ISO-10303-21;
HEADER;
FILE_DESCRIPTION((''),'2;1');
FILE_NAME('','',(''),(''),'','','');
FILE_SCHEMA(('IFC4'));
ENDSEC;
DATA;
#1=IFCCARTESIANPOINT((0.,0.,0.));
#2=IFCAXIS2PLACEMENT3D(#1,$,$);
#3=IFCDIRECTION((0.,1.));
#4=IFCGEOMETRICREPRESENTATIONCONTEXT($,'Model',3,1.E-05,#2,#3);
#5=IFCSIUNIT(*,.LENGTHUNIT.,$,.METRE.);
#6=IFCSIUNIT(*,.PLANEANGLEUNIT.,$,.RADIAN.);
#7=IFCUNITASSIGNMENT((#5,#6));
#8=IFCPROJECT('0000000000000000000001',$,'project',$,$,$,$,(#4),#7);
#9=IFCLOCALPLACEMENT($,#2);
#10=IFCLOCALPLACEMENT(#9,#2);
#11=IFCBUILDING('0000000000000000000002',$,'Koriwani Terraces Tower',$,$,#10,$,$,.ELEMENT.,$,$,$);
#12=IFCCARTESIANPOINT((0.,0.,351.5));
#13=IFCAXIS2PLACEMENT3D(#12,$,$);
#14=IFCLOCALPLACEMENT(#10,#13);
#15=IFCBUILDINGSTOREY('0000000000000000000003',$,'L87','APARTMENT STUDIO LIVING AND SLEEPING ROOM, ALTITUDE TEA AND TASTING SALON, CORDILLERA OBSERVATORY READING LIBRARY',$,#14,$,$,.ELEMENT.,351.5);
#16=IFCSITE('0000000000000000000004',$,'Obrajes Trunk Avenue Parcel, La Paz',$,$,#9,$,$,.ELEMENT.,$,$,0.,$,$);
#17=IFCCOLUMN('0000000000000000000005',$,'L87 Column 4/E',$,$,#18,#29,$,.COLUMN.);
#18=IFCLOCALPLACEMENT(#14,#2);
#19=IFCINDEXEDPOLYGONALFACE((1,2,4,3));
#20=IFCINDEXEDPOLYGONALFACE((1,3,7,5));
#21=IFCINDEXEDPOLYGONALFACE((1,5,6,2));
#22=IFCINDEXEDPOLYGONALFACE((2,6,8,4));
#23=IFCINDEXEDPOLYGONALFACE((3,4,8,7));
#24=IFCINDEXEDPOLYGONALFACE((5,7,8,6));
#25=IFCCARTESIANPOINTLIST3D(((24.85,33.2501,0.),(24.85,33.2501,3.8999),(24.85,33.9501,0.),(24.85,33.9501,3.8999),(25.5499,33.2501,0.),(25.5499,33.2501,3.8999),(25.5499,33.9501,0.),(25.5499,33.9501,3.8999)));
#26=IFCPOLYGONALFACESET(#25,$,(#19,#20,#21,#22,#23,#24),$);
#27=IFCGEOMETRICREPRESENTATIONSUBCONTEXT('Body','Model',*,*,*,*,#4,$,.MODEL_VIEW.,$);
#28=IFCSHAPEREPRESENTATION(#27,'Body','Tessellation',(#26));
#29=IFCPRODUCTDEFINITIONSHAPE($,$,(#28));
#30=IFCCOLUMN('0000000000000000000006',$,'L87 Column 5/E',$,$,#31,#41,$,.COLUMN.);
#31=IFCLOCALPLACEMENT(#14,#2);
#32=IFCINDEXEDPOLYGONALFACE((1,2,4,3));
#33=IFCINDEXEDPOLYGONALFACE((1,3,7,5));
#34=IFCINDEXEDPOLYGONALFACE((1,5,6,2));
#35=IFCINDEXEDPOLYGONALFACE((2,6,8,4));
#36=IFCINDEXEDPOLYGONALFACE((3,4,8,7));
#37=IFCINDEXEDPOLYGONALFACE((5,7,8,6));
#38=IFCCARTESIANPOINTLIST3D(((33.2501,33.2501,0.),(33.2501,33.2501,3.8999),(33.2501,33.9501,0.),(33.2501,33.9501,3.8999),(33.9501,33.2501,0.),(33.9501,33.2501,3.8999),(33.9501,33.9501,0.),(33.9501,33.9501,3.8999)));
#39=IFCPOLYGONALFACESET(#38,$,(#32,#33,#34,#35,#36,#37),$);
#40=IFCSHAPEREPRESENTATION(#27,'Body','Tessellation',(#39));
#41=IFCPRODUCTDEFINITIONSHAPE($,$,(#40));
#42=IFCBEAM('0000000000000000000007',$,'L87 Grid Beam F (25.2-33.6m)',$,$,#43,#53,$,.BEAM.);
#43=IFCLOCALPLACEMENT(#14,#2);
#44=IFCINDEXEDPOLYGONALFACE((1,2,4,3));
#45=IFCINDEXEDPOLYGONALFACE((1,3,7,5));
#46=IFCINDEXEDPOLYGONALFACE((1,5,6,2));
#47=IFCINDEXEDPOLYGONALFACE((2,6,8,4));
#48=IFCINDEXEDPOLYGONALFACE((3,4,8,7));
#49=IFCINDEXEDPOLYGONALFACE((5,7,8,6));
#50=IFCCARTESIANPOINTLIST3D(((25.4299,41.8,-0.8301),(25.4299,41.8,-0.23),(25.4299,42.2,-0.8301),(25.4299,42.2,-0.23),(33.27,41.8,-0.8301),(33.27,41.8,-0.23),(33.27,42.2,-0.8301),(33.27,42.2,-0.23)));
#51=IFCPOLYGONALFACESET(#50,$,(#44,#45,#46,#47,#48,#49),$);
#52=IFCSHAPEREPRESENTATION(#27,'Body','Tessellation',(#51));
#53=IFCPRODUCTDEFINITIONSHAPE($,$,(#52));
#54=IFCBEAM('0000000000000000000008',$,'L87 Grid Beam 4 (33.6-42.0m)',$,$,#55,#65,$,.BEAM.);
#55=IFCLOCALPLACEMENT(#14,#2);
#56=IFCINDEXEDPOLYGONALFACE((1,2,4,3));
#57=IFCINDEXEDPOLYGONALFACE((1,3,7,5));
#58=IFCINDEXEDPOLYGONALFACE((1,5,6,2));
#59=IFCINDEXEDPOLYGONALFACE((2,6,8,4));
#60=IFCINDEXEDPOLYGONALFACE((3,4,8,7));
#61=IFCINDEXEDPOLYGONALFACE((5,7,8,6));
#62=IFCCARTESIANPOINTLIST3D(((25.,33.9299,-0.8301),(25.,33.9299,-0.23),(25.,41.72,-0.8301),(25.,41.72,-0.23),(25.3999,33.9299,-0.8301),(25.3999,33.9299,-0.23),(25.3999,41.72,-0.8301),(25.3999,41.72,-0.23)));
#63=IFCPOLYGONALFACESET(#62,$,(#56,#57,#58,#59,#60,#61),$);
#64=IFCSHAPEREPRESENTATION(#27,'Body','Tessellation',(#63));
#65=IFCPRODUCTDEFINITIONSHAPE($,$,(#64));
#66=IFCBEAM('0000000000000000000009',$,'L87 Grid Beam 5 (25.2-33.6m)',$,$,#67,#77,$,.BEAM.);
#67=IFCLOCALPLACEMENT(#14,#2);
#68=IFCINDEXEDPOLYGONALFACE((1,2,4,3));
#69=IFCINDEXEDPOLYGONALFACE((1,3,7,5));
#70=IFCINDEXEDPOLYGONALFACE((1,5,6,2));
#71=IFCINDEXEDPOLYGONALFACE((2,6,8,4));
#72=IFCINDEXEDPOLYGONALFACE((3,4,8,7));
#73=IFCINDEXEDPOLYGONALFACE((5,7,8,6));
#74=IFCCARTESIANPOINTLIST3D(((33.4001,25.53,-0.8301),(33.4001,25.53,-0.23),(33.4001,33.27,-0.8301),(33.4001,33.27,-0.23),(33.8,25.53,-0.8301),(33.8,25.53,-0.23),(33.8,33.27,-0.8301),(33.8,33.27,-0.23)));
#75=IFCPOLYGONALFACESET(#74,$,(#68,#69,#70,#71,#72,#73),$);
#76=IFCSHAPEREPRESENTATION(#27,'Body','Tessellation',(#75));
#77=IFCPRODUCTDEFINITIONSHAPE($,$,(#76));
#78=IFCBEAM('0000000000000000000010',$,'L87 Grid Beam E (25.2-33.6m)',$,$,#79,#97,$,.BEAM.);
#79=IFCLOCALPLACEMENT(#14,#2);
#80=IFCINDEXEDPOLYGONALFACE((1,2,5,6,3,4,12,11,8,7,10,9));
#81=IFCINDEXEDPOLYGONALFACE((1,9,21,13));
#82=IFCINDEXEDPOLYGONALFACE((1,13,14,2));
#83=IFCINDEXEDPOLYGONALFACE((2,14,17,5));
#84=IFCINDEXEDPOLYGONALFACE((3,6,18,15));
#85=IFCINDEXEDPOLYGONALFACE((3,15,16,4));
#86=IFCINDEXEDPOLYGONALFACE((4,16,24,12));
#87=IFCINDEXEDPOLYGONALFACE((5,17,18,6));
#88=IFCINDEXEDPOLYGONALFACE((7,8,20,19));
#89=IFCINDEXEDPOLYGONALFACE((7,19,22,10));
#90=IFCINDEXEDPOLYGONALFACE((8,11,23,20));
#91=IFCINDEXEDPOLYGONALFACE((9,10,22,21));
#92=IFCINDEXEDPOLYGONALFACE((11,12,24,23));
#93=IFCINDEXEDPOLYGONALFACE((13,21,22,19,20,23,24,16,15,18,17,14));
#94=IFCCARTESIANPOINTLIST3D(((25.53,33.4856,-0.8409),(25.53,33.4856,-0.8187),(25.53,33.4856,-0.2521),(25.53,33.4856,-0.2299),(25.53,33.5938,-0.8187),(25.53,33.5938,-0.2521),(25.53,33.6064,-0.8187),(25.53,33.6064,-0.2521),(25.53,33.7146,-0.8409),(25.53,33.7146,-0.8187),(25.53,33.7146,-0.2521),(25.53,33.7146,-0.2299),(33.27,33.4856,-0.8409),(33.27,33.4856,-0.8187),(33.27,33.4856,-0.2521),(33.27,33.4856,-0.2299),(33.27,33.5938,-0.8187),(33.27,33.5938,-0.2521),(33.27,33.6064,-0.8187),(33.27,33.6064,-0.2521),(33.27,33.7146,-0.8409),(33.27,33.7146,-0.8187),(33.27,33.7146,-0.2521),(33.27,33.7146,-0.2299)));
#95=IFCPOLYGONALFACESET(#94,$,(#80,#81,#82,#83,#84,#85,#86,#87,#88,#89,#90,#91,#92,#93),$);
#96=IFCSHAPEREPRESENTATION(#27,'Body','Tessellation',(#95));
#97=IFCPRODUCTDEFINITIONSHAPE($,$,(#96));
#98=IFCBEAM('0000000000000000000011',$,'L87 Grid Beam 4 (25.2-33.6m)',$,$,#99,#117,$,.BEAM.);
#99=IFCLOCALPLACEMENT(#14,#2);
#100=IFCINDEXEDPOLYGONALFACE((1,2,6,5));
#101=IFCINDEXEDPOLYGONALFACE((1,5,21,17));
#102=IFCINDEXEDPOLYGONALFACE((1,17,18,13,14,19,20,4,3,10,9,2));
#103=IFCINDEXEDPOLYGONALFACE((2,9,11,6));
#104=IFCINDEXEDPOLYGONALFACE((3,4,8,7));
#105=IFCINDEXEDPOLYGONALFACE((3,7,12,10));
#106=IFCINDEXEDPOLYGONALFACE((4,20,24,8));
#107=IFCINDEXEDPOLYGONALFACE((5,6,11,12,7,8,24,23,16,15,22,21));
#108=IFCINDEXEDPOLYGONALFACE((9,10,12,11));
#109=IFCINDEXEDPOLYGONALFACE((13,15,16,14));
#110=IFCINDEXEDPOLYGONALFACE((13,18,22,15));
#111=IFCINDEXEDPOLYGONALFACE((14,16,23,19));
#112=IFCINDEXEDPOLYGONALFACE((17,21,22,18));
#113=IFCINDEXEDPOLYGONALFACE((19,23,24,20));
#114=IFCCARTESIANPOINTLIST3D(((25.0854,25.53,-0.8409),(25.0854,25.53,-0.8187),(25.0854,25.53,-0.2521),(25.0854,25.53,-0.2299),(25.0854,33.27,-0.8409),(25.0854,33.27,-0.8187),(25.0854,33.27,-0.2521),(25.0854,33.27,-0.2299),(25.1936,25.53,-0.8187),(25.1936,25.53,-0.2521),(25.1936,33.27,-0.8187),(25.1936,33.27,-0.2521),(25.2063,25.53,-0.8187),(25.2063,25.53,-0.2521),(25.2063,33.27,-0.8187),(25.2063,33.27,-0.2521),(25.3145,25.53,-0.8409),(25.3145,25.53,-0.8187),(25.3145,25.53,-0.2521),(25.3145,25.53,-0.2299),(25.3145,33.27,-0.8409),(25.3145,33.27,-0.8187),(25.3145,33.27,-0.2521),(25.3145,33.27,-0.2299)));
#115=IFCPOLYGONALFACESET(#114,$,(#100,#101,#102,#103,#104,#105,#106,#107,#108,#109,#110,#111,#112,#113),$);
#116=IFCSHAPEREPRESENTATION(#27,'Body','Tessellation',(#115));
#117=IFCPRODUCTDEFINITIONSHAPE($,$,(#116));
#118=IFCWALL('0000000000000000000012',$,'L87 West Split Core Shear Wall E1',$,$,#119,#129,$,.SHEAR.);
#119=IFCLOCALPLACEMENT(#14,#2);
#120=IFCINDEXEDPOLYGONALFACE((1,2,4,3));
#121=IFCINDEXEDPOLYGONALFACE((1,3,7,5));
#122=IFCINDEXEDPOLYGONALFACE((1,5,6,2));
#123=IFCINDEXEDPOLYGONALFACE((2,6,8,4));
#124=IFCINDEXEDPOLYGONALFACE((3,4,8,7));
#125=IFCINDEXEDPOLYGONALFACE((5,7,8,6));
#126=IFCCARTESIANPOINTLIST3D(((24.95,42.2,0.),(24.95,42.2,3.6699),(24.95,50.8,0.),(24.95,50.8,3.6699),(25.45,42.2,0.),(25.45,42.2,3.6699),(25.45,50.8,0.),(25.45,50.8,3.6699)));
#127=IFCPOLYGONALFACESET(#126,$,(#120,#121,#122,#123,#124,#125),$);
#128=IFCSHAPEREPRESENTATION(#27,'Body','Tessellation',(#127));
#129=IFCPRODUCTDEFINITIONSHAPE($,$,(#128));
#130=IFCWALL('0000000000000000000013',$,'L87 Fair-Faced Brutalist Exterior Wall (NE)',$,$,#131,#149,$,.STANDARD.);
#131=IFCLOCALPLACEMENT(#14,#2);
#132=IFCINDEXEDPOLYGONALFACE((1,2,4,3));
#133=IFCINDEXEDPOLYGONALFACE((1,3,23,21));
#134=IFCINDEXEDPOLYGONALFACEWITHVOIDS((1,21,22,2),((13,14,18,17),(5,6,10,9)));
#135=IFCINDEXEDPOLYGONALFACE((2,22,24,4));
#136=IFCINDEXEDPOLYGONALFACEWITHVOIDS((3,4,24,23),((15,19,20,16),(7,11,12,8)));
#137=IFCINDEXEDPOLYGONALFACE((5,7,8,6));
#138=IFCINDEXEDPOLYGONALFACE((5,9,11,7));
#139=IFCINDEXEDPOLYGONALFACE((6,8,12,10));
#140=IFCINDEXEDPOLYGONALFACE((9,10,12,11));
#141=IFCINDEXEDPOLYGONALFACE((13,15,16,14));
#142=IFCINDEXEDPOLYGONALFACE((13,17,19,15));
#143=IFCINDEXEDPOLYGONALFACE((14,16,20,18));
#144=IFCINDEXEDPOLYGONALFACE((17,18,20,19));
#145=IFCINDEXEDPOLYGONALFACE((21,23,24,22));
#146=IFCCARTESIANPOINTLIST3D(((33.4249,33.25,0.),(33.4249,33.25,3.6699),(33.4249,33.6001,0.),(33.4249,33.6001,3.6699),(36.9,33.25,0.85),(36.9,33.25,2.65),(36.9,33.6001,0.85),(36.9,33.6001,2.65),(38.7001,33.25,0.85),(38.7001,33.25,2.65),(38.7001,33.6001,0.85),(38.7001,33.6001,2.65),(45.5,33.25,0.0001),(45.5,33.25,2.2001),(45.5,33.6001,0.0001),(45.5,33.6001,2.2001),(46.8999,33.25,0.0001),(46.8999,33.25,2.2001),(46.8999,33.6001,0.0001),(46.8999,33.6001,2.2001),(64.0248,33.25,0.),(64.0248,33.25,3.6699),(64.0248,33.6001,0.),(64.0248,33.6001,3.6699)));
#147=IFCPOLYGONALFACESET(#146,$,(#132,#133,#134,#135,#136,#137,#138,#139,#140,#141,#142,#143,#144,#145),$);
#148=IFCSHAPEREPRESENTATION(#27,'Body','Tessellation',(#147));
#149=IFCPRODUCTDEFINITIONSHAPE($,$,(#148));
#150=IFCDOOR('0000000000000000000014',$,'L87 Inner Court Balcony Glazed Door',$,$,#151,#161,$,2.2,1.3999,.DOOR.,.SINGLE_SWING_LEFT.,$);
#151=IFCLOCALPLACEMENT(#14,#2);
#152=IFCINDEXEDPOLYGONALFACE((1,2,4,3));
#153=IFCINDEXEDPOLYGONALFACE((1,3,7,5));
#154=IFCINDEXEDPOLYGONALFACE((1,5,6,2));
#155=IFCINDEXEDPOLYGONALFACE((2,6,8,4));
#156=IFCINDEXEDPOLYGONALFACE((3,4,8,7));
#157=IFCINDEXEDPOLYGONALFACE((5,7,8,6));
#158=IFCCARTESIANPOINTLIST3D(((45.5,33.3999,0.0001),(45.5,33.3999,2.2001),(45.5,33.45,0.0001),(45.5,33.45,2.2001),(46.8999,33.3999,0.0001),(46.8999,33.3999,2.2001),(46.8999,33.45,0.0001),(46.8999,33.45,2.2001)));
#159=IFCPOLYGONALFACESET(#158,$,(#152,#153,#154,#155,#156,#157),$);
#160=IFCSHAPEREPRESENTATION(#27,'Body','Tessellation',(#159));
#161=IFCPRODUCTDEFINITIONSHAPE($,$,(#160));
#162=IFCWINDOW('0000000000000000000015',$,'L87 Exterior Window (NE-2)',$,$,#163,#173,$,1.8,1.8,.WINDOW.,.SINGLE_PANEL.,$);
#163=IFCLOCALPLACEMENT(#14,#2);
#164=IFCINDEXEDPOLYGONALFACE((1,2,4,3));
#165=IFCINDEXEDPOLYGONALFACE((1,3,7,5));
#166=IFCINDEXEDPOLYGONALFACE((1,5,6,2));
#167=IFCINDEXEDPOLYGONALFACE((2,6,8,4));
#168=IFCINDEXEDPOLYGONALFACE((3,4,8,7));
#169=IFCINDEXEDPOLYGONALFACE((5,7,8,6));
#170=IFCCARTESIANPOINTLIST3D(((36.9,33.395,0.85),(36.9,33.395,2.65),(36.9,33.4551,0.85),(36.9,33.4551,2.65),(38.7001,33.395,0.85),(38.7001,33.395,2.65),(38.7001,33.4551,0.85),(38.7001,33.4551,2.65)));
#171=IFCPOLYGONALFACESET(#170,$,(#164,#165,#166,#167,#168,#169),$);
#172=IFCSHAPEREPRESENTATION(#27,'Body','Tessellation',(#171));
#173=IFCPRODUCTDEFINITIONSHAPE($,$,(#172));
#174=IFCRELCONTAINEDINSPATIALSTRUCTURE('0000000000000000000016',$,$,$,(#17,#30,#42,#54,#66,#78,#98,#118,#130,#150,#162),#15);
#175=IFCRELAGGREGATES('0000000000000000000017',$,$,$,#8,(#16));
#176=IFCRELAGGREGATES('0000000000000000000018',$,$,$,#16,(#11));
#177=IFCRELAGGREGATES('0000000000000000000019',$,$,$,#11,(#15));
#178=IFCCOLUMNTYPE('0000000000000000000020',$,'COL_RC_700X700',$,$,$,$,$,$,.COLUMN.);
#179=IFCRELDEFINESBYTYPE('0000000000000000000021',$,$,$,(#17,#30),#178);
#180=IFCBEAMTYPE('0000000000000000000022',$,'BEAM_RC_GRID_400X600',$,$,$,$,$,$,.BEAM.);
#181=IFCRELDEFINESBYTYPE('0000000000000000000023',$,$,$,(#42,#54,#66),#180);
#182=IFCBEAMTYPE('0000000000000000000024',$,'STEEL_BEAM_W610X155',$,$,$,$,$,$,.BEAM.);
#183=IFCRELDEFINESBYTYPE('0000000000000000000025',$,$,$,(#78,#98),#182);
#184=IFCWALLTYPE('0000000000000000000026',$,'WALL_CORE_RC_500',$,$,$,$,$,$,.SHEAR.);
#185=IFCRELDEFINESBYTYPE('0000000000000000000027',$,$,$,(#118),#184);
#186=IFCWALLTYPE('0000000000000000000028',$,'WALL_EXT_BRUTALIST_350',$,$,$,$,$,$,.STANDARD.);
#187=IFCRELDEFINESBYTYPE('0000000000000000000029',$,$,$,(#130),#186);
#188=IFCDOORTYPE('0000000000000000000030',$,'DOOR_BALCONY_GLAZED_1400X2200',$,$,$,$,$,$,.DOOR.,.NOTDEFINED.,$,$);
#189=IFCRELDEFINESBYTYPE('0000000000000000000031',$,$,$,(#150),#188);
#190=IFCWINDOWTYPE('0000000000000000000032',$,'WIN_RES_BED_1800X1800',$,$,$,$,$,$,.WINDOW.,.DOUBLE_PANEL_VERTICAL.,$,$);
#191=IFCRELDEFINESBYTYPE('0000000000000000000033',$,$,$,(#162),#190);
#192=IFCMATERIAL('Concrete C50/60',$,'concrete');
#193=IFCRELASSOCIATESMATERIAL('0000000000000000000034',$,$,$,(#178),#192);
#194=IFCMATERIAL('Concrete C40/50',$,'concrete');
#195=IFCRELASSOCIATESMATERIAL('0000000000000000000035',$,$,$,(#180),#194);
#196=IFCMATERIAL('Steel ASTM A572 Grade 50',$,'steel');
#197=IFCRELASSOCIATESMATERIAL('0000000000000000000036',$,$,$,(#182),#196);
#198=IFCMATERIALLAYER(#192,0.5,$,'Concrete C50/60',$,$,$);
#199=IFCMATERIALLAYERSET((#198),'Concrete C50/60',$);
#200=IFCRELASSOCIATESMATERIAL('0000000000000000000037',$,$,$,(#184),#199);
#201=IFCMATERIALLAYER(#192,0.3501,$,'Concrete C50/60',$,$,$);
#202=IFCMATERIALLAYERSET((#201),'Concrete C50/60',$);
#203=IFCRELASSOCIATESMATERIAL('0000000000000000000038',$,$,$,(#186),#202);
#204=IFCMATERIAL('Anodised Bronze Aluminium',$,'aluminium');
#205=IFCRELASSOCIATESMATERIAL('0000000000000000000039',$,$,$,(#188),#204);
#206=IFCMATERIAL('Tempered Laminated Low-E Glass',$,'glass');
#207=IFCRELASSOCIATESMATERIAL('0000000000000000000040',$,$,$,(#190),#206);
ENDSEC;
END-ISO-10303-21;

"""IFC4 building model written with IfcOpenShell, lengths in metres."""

from ifc_helpers import new_model, si_unit, direction, frame, frame_2d, origin, origin_2d, place, context, subcontext, project, spatial, rectangle, i_section, extrude, material, layer, layer_set, material_profile, profile_set, type_object, element, fill, save


model = new_model("IFC4")

# Units and contexts
model_context = context("Model", 3, precision=1e-05, world=origin(), true_north=direction((0.0, 1.0)))
body_context = subcontext(model_context, "Body", "Model", "MODEL_VIEW")
ifc_project = project(units=[si_unit("LENGTHUNIT", "METRE"), si_unit("PLANEANGLEUNIT", "RADIAN")], contexts=[model_context])

# Site, building, storey
site_placement = place(None, origin())
site = spatial("IfcSite", under=ifc_project, at=site_placement, Name="Obrajes Trunk Avenue Parcel, La Paz", CompositionType="ELEMENT", RefElevation=0.0)
building_placement = place(site_placement, origin())
building = spatial("IfcBuilding", under=site, at=building_placement, Name="Koriwani Terraces Tower", CompositionType="ELEMENT")
storey_placement = place(building_placement, frame((0.0, 0.0, 351.5)))
storey = spatial("IfcBuildingStorey", under=building, at=storey_placement, Name="L87", Description="APARTMENT STUDIO LIVING AND SLEEPING ROOM, ALTITUDE TEA AND TASTING SALON, CORDILLERA OBSERVATORY READING LIBRARY", CompositionType="ELEMENT", Elevation=351.5)

# Columns
ifc_material_1 = material(Name="Concrete C50/60", Category="concrete")
ifc_material_profile_1 = material_profile(ifc_material_1, rectangle(XDim=0.7, YDim=0.7, at=origin_2d()), Name="Concrete C50/60", Category="LoadBearing")
ifc_profile_set_1 = profile_set([ifc_material_profile_1], Name="Concrete C50/60")
column_type = type_object("IfcColumnType", Name="COL_RC_700X700", PredefinedType="COLUMN", material=ifc_profile_set_1)
for number, where, z_axis, x_axis, name in (
    (1, (25.2, 33.6001, 0.0), (0.0, 0.0, 1.0), (1.0, 0.0, 0.0), "L87 Column 4/E"),
    (2, (33.6001, 33.6001, 0.0), (0.0, 0.0, 1.0), (1.0, 0.0, 0.0), "L87 Column 5/E"),
):
    element("IfcColumn", number, at=place(storey_placement, frame(where, z_axis=z_axis, x_axis=x_axis)), inside=storey, type_object=column_type, Name=name, PredefinedType="COLUMN", context=body_context, shape_type="SweptSolid", body=[
        extrude(rectangle(XDim=0.7, YDim=0.7, at=origin_2d()), origin(), (0.0, 0.0, 1.0), 3.8999),
    ])

# Beams
ifc_material_2 = material(Name="Concrete C40/50", Category="concrete")
ifc_material_profile_2 = material_profile(ifc_material_2, rectangle(XDim=0.3999, YDim=0.6001, at=origin_2d()), Name="Concrete C40/50", Category="LoadBearing")
ifc_profile_set_2 = profile_set([ifc_material_profile_2], Name="Concrete C40/50")
beam_type_1 = type_object("IfcBeamType", Name="BEAM_RC_GRID_400X600", PredefinedType="BEAM", material=ifc_profile_set_2)
beam_1_placement = place(storey_placement, frame((25.4299, 42.0, -0.53), z_axis=(1.0, 0.0, 0.0), x_axis=(0.0, 1.0, 0.0)))
element("IfcBeam", 3, at=beam_1_placement, inside=storey, type_object=beam_type_1, Name="L87 Grid Beam F (25.2-33.6m)", PredefinedType="BEAM", context=body_context, shape_type="SweptSolid", body=[
    extrude(rectangle(XDim=0.3999, YDim=0.6001, at=origin_2d()), origin(), (0.0, 0.0, 1.0), 7.8401),
])
beam_2_placement = place(storey_placement, frame((25.2, 33.9299, -0.53), z_axis=(0.0, 1.0, 0.0), x_axis=(-1.0, 0.0, 0.0)))
element("IfcBeam", 4, at=beam_2_placement, inside=storey, type_object=beam_type_1, Name="L87 Grid Beam 4 (33.6-42.0m)", PredefinedType="BEAM", context=body_context, shape_type="SweptSolid", body=[
    extrude(rectangle(XDim=0.3999, YDim=0.6001, at=origin_2d()), origin(), (0.0, 0.0, 1.0), 7.79),
])
beam_3_placement = place(storey_placement, frame((33.6001, 25.53, -0.53), z_axis=(0.0, 1.0, 0.0), x_axis=(-1.0, 0.0, 0.0)))
element("IfcBeam", 5, at=beam_3_placement, inside=storey, type_object=beam_type_1, Name="L87 Grid Beam 5 (25.2-33.6m)", PredefinedType="BEAM", context=body_context, shape_type="SweptSolid", body=[
    extrude(rectangle(XDim=0.3999, YDim=0.6001, at=origin_2d()), origin(), (0.0, 0.0, 1.0), 7.74),
])
ifc_material_3 = material(Name="Steel ASTM A572 Grade 50", Category="steel")
ifc_material_profile_3 = material_profile(ifc_material_3, i_section(OverallWidth=0.229, OverallDepth=0.6111, WebThickness=0.0127, FlangeThickness=0.0222, at=origin_2d()), Name="Steel ASTM A572 Grade 50", Category="LoadBearing")
ifc_profile_set_3 = profile_set([ifc_material_profile_3], Name="Steel ASTM A572 Grade 50")
beam_type_2 = type_object("IfcBeamType", Name="STEEL_BEAM_W610X155", PredefinedType="BEAM", material=ifc_profile_set_3)
for number, where, z_axis, x_axis, name in (
    (6, (25.53, 33.6001, -0.5354), (1.0, 0.0, 0.0), (0.0, 1.0, 0.0), "L87 Grid Beam E (25.2-33.6m)"),
    (7, (25.2, 25.53, -0.5354), (0.0, 1.0, 0.0), (-1.0, 0.0, 0.0), "L87 Grid Beam 4 (25.2-33.6m)"),
):
    element("IfcBeam", number, at=place(storey_placement, frame(where, z_axis=z_axis, x_axis=x_axis)), inside=storey, type_object=beam_type_2, Name=name, PredefinedType="BEAM", context=body_context, shape_type="SweptSolid", body=[
        extrude(i_section(OverallWidth=0.229, OverallDepth=0.6111, WebThickness=0.0127, FlangeThickness=0.0222, at=origin_2d()), origin(), (0.0, 0.0, 1.0), 7.74),
    ])

# Wall
ifc_layer_1 = layer(ifc_material_1, 0.5, Name="Concrete C50/60")
ifc_layer_set_1 = layer_set([ifc_layer_1], Name="Concrete C50/60")
wall_type_1 = type_object("IfcWallType", Name="WALL_CORE_RC_500", PredefinedType="SHEAR", material=ifc_layer_set_1)
wall_1_placement = place(storey_placement, frame((25.2, 42.2, 0.0), z_axis=(0.0, 0.0, 1.0), x_axis=(0.0, 1.0, 0.0)))
element("IfcWall", 8, at=wall_1_placement, inside=storey, type_object=wall_type_1, Name="L87 West Split Core Shear Wall E1", PredefinedType="SHEAR", context=body_context, shape_type="SweptSolid", body=[
    extrude(rectangle(XDim=8.6001, YDim=0.5, at=frame_2d((4.3, 0.0))), origin(), (0.0, 0.0, 1.0), 3.6699),
])

# Wall, openings, door, window
ifc_layer_2 = layer(ifc_material_1, 0.3501, Name="Concrete C50/60")
ifc_layer_set_2 = layer_set([ifc_layer_2], Name="Concrete C50/60")
wall_type_2 = type_object("IfcWallType", Name="WALL_EXT_BRUTALIST_350", PredefinedType="STANDARD", material=ifc_layer_set_2)
wall_2_placement = place(storey_placement, frame((33.425, 33.425, 0.0), z_axis=(0.0, 0.0, 1.0), x_axis=(1.0, 0.0, 0.0)))
wall_2 = element("IfcWall", 9, at=wall_2_placement, inside=storey, type_object=wall_type_2, Name="L87 Fair-Faced Brutalist Exterior Wall (NE)", PredefinedType="STANDARD", context=body_context, shape_type="SweptSolid", body=[
    extrude(rectangle(XDim=30.5999, YDim=0.3501, at=frame_2d((15.2998, 0.0))), origin(), (0.0, 0.0, 1.0), 3.6699),
])
opening_1_placement = place(wall_2_placement, frame((12.075, 0.0, 0.0)))
opening_1 = element("IfcOpeningElement", 10, at=opening_1_placement, cuts=wall_2, PredefinedType="OPENING", context=body_context, shape_type="SweptSolid", body=[
    extrude(rectangle(XDim=1.3999, YDim=2.2, at=frame_2d((0.7, 1.1001))), frame((0.0, 0.1851, 0.0), z_axis=(0.0, -1.0, 0.0), x_axis=(1.0, 0.0, 0.0)), (0.0, 0.0, 1.0), 0.3701),
])
opening_2_placement = place(wall_2_placement, frame((3.4751, 0.0, 0.8501)))
opening_2 = element("IfcOpeningElement", 11, at=opening_2_placement, cuts=wall_2, PredefinedType="OPENING", context=body_context, shape_type="SweptSolid", body=[
    extrude(rectangle(XDim=1.8, YDim=1.8, at=frame_2d((0.8999, 0.8999))), frame((0.0, 0.1851, 0.0), z_axis=(0.0, -1.0, 0.0), x_axis=(1.0, 0.0, 0.0)), (0.0, 0.0, 1.0), 0.3701),
])
ifc_material_4 = material(Name="Anodised Bronze Aluminium", Category="aluminium")
door_type_1 = type_object("IfcDoorType", Name="DOOR_BALCONY_GLAZED_1400X2200", OperationType="NOTDEFINED", PredefinedType="DOOR", material=ifc_material_4)
door_1_placement = place(opening_1_placement, origin())
door_1 = element("IfcDoor", 12, at=door_1_placement, inside=storey, type_object=door_type_1, Name="L87 Inner Court Balcony Glazed Door", OperationType="SINGLE_SWING_LEFT", OverallHeight=2.2, OverallWidth=1.3999, PredefinedType="DOOR", context=body_context, shape_type="SweptSolid", body=[
    extrude(rectangle(XDim=1.3999, YDim=2.2, at=frame_2d((0.7, 1.1001))), frame((0.0, 0.0249, 0.0), z_axis=(0.0, -1.0, 0.0), x_axis=(1.0, 0.0, 0.0)), (0.0, 0.0, 1.0), 0.05),
])
fill(opening_1, door_1)
ifc_material_5 = material(Name="Tempered Laminated Low-E Glass", Category="glass")
window_type = type_object("IfcWindowType", Name="WIN_RES_BED_1800X1800", PartitioningType="DOUBLE_PANEL_VERTICAL", PredefinedType="WINDOW", material=ifc_material_5)
window_placement = place(opening_2_placement, origin())
window = element("IfcWindow", 13, at=window_placement, inside=storey, type_object=window_type, Name="L87 Exterior Window (NE-2)", OverallHeight=1.8, OverallWidth=1.8, PartitioningType="SINGLE_PANEL", PredefinedType="WINDOW", context=body_context, shape_type="SweptSolid", body=[
    extrude(rectangle(XDim=1.8, YDim=1.8, at=frame_2d((0.8999, 0.8999))), frame((0.0, 0.03, 0.0), z_axis=(0.0, -1.0, 0.0), x_axis=(1.0, 0.0, 0.0)), (0.0, 0.0, 1.0), 0.0601),
])
fill(opening_2, window)

save(model, "model.ifc")
